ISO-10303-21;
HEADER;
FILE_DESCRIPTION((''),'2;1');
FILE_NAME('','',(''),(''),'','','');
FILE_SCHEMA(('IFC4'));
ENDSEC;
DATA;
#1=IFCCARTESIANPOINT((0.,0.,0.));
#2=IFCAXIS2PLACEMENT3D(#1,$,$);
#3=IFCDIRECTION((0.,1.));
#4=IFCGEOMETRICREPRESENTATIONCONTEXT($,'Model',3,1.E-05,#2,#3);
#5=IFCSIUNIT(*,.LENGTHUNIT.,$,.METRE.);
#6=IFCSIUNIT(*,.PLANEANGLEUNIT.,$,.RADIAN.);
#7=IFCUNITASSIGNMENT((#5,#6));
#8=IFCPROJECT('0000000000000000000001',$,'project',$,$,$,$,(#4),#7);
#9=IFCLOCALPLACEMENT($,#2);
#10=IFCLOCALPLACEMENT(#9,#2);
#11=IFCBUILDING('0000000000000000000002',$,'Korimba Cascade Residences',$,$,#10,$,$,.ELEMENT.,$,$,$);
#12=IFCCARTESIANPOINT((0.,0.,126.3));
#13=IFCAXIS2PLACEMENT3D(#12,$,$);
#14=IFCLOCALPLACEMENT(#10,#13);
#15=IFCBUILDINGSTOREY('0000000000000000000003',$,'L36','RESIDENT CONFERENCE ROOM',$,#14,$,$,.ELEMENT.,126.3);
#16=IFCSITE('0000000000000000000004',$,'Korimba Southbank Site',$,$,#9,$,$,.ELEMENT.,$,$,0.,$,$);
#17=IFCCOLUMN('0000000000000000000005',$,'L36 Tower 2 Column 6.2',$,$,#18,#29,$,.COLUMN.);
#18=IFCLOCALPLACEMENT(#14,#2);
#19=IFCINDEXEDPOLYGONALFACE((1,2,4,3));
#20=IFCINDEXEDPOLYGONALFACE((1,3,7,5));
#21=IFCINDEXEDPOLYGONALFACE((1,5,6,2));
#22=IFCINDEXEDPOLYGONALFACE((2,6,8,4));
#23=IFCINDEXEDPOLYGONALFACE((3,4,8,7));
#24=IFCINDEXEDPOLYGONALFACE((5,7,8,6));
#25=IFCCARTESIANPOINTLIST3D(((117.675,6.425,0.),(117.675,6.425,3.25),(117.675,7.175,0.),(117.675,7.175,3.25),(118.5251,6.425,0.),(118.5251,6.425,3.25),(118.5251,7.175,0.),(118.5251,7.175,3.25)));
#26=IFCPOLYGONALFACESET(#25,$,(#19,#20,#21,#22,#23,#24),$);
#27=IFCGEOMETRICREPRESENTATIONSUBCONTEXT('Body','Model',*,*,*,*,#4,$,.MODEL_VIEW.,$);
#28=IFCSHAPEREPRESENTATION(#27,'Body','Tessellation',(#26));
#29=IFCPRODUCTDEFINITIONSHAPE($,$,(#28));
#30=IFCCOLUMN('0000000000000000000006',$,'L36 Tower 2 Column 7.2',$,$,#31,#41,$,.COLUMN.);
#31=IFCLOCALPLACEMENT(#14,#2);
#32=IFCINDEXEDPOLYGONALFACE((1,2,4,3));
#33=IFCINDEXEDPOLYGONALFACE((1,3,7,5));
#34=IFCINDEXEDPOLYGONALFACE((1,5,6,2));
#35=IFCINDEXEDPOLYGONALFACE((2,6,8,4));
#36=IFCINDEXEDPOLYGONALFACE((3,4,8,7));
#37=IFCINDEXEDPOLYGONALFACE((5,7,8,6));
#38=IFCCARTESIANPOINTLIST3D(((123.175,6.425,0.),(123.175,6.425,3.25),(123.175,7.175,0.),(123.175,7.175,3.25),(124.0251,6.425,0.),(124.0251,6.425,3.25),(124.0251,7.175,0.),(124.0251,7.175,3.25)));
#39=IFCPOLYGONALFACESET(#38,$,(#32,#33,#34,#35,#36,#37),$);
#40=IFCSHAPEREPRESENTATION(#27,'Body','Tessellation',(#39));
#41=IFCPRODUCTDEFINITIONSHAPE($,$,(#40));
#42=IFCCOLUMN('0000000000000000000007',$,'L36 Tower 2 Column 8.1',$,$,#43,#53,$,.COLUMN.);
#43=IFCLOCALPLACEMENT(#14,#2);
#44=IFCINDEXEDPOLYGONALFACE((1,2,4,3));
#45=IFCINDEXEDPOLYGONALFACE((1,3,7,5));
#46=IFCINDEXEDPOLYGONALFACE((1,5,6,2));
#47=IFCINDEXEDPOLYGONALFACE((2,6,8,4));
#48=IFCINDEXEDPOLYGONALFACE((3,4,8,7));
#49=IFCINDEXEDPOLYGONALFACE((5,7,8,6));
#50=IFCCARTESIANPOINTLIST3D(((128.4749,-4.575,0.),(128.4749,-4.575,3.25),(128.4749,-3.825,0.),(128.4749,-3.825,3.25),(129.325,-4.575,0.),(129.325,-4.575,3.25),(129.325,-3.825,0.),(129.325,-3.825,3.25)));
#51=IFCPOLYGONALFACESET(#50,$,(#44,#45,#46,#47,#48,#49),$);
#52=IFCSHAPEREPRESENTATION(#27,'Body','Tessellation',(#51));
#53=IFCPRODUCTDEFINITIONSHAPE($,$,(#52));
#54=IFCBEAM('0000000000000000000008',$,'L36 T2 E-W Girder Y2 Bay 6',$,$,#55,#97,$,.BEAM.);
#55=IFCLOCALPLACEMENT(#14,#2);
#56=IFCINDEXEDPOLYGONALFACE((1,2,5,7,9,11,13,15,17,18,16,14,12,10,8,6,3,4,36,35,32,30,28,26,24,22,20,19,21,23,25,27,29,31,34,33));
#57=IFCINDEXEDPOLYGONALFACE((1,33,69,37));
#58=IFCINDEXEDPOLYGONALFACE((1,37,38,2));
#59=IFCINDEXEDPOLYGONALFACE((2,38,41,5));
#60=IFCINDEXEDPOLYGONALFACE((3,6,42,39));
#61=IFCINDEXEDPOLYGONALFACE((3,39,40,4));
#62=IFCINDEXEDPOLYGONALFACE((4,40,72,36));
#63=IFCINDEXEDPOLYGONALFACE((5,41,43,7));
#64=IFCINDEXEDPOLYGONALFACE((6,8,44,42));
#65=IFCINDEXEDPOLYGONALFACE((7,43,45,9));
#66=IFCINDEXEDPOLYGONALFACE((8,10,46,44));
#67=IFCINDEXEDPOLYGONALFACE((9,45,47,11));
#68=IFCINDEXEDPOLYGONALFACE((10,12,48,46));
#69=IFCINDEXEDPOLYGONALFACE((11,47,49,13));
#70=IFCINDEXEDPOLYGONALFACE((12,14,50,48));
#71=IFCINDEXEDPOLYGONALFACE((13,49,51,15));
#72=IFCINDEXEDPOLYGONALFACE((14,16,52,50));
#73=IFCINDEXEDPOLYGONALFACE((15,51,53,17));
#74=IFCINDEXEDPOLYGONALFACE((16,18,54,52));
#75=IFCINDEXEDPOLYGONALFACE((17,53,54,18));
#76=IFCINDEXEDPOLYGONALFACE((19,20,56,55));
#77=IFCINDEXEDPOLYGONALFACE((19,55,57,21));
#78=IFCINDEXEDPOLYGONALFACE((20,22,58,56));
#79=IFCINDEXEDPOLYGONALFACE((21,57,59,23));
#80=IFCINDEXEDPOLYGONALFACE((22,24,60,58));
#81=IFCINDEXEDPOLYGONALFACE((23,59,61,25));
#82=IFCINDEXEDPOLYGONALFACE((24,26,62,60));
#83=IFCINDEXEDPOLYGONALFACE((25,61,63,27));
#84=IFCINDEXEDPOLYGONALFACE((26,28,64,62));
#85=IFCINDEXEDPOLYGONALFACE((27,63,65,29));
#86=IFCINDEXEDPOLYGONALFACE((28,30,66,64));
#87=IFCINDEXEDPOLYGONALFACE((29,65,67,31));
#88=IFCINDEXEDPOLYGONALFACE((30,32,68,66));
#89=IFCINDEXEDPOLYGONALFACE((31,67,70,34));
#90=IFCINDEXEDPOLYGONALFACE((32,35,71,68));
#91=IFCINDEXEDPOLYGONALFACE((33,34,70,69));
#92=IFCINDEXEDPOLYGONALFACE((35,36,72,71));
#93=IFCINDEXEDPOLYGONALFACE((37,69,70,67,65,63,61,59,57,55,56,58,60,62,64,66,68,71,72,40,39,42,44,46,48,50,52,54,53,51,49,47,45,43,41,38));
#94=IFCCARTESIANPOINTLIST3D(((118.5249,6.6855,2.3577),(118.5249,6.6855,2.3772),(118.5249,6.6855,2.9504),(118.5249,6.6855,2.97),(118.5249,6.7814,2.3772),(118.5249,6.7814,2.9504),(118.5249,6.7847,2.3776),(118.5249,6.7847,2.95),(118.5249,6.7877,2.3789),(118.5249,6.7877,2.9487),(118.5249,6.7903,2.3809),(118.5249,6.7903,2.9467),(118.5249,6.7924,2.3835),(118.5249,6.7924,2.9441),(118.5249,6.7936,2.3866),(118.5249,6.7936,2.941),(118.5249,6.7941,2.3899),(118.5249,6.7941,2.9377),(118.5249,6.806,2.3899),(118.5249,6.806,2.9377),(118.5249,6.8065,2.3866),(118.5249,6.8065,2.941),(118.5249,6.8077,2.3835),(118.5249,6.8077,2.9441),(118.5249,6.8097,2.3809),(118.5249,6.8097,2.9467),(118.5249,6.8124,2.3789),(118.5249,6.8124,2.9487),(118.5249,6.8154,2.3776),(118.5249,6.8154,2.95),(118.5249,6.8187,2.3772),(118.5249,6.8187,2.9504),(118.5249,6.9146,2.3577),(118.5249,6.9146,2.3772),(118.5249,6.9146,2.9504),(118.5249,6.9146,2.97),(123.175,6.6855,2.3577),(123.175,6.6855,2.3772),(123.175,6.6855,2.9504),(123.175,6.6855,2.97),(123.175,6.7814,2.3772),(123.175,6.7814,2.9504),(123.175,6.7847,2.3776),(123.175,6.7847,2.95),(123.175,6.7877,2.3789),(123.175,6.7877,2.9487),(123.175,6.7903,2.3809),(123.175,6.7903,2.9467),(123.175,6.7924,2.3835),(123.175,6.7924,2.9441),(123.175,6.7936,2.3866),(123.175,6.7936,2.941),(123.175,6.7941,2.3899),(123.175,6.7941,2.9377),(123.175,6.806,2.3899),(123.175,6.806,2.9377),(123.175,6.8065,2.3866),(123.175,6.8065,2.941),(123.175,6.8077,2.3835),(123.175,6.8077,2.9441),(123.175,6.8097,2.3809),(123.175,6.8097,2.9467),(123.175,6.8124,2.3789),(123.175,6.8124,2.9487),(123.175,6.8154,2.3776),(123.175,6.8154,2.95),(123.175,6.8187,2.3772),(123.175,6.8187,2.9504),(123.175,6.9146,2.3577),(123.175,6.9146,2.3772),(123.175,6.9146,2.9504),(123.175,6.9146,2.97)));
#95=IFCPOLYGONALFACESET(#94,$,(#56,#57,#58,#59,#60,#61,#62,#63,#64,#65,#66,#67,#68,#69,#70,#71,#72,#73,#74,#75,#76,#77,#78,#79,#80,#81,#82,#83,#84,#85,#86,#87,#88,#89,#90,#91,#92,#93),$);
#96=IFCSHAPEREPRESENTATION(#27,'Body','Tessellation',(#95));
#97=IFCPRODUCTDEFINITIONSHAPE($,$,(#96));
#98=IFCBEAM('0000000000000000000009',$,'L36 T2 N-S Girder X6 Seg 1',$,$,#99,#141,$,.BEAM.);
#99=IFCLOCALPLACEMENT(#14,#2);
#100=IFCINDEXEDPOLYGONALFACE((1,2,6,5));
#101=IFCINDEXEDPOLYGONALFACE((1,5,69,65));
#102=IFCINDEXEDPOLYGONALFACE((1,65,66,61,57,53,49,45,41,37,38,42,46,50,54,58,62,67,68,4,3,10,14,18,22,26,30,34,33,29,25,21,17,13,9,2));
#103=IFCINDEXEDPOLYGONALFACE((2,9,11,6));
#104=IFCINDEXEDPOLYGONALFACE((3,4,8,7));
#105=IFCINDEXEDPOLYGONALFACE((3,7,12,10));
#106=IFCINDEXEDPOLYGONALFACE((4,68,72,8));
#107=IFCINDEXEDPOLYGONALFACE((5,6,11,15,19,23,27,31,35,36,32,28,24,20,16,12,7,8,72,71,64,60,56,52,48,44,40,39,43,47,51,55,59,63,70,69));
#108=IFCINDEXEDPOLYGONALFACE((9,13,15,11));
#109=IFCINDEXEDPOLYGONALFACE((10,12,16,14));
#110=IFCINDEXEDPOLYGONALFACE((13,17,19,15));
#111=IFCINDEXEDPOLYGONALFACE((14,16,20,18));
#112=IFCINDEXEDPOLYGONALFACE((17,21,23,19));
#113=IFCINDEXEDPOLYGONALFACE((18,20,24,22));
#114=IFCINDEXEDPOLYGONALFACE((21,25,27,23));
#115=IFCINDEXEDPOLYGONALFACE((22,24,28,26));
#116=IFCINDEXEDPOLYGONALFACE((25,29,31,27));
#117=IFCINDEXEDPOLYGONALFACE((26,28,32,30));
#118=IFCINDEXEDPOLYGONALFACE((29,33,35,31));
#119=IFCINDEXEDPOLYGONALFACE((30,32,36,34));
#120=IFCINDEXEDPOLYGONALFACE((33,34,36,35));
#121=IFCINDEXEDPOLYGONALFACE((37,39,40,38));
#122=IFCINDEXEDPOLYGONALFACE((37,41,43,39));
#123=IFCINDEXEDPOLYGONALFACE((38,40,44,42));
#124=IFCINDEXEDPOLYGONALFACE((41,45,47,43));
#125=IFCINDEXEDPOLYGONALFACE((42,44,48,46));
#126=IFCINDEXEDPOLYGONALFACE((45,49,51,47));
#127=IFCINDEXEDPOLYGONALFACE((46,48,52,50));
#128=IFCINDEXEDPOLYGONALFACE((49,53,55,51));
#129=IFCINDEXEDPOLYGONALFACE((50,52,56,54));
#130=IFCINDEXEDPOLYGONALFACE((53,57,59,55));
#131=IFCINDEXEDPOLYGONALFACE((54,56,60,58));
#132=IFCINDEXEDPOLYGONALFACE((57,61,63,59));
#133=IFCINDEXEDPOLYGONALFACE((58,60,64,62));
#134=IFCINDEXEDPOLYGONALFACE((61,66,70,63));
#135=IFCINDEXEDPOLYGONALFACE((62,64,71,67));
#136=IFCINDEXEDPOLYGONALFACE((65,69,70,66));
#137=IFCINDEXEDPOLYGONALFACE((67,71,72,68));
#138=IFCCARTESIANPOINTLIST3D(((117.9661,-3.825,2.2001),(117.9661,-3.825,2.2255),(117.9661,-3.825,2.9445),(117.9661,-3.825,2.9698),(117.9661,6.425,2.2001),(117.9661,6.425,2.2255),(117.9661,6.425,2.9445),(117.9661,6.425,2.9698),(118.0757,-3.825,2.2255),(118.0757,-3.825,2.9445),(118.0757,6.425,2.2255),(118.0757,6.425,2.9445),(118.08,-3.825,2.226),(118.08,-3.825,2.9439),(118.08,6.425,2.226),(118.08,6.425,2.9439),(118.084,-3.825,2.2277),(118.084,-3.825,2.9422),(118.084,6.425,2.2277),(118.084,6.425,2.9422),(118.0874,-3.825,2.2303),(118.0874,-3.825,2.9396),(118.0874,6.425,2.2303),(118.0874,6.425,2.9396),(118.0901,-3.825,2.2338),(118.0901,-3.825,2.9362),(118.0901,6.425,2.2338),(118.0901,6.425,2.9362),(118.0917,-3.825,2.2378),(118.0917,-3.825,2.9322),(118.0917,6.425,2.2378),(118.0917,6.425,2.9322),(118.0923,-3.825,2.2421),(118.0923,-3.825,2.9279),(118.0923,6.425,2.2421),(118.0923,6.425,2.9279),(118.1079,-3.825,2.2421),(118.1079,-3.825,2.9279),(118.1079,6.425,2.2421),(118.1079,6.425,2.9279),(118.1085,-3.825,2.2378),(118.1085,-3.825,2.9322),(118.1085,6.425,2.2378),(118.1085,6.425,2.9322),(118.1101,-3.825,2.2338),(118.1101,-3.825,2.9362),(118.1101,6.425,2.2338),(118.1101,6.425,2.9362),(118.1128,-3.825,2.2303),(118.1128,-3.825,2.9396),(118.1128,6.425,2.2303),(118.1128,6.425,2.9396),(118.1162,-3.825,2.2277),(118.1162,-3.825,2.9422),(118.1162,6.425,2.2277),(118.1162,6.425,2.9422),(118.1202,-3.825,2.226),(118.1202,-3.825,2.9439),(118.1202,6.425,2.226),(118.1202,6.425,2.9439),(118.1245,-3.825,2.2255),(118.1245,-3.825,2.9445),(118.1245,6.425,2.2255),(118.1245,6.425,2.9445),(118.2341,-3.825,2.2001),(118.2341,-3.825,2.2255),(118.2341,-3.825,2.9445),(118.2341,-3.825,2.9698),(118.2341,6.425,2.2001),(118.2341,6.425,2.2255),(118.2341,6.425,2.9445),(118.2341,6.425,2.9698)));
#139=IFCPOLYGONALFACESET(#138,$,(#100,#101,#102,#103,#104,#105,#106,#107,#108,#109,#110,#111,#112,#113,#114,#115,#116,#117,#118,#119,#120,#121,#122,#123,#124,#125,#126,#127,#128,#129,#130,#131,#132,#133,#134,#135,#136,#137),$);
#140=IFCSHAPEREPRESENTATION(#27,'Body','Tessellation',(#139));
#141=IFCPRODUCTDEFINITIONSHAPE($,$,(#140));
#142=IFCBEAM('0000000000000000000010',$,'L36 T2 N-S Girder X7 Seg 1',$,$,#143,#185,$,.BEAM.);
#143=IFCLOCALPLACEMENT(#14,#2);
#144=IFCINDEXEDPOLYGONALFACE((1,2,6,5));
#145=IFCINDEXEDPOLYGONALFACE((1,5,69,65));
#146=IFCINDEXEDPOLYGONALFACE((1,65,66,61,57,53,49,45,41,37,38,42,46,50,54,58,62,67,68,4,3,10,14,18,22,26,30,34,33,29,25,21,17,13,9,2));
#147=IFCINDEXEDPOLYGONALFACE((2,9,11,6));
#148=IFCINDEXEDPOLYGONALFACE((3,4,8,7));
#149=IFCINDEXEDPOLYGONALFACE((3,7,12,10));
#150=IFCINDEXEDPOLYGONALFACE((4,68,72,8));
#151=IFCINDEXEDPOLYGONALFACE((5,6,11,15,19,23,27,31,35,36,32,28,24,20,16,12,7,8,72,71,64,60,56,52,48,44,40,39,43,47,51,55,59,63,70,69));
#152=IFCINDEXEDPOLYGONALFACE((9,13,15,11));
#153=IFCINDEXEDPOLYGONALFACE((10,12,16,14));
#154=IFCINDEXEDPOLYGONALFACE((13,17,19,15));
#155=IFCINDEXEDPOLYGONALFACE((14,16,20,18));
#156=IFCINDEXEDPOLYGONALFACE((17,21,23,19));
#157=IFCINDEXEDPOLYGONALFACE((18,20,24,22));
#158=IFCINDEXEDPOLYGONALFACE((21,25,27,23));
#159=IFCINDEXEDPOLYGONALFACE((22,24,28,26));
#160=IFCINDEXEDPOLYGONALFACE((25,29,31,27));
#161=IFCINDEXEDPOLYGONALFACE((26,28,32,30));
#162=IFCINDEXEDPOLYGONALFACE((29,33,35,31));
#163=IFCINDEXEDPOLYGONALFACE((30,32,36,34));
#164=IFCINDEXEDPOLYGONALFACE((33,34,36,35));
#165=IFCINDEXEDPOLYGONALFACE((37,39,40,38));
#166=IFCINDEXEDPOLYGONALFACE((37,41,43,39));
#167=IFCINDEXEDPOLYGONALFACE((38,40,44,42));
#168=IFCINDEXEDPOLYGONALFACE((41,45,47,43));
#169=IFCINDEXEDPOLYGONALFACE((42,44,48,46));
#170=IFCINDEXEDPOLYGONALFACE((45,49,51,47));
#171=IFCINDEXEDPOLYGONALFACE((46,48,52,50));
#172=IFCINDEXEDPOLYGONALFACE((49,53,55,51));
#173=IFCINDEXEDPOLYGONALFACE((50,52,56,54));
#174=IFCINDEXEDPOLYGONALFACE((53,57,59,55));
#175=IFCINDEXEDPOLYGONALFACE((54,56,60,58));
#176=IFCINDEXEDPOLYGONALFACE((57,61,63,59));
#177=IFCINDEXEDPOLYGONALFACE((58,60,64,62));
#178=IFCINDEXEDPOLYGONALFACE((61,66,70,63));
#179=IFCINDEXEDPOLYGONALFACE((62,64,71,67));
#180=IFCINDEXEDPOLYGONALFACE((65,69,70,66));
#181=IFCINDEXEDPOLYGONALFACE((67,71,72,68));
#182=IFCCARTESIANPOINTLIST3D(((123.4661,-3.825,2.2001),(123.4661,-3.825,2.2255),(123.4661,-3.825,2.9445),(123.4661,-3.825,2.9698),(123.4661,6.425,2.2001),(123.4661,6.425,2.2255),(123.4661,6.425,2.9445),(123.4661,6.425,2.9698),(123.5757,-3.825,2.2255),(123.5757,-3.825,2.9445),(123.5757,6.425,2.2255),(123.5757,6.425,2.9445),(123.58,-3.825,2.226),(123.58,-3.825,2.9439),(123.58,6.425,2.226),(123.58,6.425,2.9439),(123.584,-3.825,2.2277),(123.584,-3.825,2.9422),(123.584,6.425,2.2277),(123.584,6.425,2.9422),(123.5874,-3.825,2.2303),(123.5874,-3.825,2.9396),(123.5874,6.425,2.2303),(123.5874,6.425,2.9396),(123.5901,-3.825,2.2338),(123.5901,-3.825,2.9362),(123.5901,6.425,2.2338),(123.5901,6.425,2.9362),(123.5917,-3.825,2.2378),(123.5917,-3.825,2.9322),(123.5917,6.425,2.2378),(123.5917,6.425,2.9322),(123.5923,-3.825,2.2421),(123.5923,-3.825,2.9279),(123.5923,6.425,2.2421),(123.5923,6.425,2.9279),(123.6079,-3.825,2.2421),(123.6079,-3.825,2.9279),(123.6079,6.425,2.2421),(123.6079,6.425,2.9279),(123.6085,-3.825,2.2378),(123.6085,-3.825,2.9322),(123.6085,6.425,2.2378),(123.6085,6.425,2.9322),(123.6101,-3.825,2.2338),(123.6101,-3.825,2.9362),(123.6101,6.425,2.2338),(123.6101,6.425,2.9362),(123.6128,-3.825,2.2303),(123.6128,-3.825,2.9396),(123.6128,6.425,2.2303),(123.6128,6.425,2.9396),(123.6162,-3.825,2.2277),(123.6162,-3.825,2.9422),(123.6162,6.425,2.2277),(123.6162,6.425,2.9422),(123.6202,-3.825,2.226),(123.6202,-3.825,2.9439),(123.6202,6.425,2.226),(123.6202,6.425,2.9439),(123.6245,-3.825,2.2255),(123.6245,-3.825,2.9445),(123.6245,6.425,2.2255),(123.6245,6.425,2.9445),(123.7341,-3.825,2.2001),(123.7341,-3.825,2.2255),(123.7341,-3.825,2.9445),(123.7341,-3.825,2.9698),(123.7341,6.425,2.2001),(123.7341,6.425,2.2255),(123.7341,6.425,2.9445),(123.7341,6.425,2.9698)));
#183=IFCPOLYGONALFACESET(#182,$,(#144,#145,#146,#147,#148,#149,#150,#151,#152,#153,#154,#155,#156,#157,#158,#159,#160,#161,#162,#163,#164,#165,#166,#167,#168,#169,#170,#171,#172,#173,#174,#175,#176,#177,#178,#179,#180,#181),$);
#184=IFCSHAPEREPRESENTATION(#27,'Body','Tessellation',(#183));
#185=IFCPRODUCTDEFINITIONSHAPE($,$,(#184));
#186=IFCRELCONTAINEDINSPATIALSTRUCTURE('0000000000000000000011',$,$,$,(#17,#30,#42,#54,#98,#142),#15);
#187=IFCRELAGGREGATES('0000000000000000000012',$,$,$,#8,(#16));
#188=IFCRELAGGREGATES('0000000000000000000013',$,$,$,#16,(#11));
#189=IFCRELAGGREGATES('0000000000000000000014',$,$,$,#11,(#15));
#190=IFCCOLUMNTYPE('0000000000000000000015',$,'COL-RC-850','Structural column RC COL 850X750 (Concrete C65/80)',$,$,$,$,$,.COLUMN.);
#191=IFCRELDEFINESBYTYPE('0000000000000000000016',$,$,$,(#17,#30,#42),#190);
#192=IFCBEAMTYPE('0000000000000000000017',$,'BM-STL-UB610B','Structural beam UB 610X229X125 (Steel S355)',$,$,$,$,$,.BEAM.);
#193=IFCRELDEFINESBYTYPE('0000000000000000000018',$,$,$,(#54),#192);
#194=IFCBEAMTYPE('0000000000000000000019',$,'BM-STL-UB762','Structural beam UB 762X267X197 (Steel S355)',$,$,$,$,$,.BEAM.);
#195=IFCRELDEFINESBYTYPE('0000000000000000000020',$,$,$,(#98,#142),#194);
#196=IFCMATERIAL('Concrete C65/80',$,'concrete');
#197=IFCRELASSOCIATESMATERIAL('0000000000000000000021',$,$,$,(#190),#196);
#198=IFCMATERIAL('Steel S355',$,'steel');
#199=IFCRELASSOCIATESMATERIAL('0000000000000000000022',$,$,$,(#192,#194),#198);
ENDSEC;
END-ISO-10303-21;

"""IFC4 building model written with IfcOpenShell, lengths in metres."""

from ifc_helpers import new_model, si_unit, direction, frame, origin, origin_2d, place, context, subcontext, project, spatial, rectangle, i_section, extrude, material, material_profile, profile_set, type_object, element, save


model = new_model("IFC4")

# Units and contexts
model_context = context("Model", 3, precision=1e-05, world=origin(), true_north=direction((0.0, 1.0)))
body_context = subcontext(model_context, "Body", "Model", "MODEL_VIEW")
ifc_project = project(units=[si_unit("LENGTHUNIT", "METRE"), si_unit("PLANEANGLEUNIT", "RADIAN")], contexts=[model_context])

# Site, building, storey
site_placement = place(None, origin())
site = spatial("IfcSite", under=ifc_project, at=site_placement, Name="Korimba Southbank Site", CompositionType="ELEMENT", RefElevation=0.0)
building_placement = place(site_placement, origin())
building = spatial("IfcBuilding", under=site, at=building_placement, Name="Korimba Cascade Residences", CompositionType="ELEMENT")
storey_placement = place(building_placement, frame((0.0, 0.0, 126.3)))
storey = spatial("IfcBuildingStorey", under=building, at=storey_placement, Name="L36", Description="RESIDENT CONFERENCE ROOM", CompositionType="ELEMENT", Elevation=126.3)

# Columns
ifc_material_1 = material(Name="Concrete C65/80", Category="concrete")
ifc_material_profile_1 = material_profile(ifc_material_1, rectangle(XDim=0.8501, YDim=0.75, at=origin_2d()), Name="Concrete C65/80")
ifc_profile_set_1 = profile_set([ifc_material_profile_1], Name="Concrete C65/80")
column_type = type_object("IfcColumnType", Name="COL-RC-850", Description="Structural column RC COL 850X750 (Concrete C65/80)", PredefinedType="COLUMN", material=ifc_profile_set_1)
for number, where, z_axis, x_axis, name in (
    (1, (118.1001, 6.8, 0.0), (0.0, 0.0, 1.0), (1.0, 0.0, 0.0), "L36 Tower 2 Column 6.2"),
    (2, (123.6001, 6.8, 0.0), (0.0, 0.0, 1.0), (1.0, 0.0, 0.0), "L36 Tower 2 Column 7.2"),
    (3, (128.8999, -4.2, 0.0), (0.0, 0.0, 1.0), (1.0, 0.0, 0.0), "L36 Tower 2 Column 8.1"),
):
    element("IfcColumn", number, at=place(storey_placement, frame(where, z_axis=z_axis, x_axis=x_axis)), inside=storey, type_object=column_type, Name=name, PredefinedType="COLUMN", context=body_context, shape_type="SweptSolid", body=[
        extrude(rectangle(XDim=0.8501, YDim=0.75, at=origin_2d()), origin(), (0.0, 0.0, 1.0), 3.25),
    ])

# Beams
ifc_material_2 = material(Name="Steel S355", Category="steel")
ifc_material_profile_2 = material_profile(ifc_material_2, i_section(OverallWidth=0.229, OverallDepth=0.6123, WebThickness=0.012, FlangeThickness=0.0195, FilletRadius=0.0127, at=origin_2d()), Name="Steel S355")
ifc_profile_set_2 = profile_set([ifc_material_profile_2], Name="Steel S355")
beam_type_1 = type_object("IfcBeamType", Name="BM-STL-UB610B", Description="Structural beam UB 610X229X125 (Steel S355)", PredefinedType="BEAM", material=ifc_profile_set_2)
beam_placement = place(storey_placement, frame((118.5249, 6.8, 2.6638), z_axis=(1.0, 0.0, 0.0), x_axis=(0.0, 1.0, 0.0)))
element("IfcBeam", 4, at=beam_placement, inside=storey, type_object=beam_type_1, Name="L36 T2 E-W Girder Y2 Bay 6", PredefinedType="BEAM", context=body_context, shape_type="SweptSolid", body=[
    extrude(i_section(OverallWidth=0.229, OverallDepth=0.6123, WebThickness=0.012, FlangeThickness=0.0195, FilletRadius=0.0127, at=origin_2d()), origin(), (0.0, 0.0, 1.0), 4.6501),
])
ifc_material_profile_3 = material_profile(ifc_material_2, i_section(OverallWidth=0.2681, OverallDepth=0.7698, WebThickness=0.0156, FlangeThickness=0.0254, FilletRadius=0.0166, at=origin_2d()), Name="Steel S355")
ifc_profile_set_3 = profile_set([ifc_material_profile_3], Name="Steel S355")
beam_type_2 = type_object("IfcBeamType", Name="BM-STL-UB762", Description="Structural beam UB 762X267X197 (Steel S355)", PredefinedType="BEAM", material=ifc_profile_set_3)
for number, where, z_axis, x_axis, name in (
    (5, (118.1001, -3.825, 2.585), (0.0, 1.0, 0.0), (-1.0, 0.0, 0.0), "L36 T2 N-S Girder X6 Seg 1"),
    (6, (123.6001, -3.825, 2.585), (0.0, 1.0, 0.0), (-1.0, 0.0, 0.0), "L36 T2 N-S Girder X7 Seg 1"),
):
    element("IfcBeam", number, at=place(storey_placement, frame(where, z_axis=z_axis, x_axis=x_axis)), inside=storey, type_object=beam_type_2, Name=name, PredefinedType="BEAM", context=body_context, shape_type="SweptSolid", body=[
        extrude(i_section(OverallWidth=0.2681, OverallDepth=0.7698, WebThickness=0.0156, FlangeThickness=0.0254, FilletRadius=0.0166, at=origin_2d()), origin(), (0.0, 0.0, 1.0), 10.25),
    ])

save(model, "model.ifc")
